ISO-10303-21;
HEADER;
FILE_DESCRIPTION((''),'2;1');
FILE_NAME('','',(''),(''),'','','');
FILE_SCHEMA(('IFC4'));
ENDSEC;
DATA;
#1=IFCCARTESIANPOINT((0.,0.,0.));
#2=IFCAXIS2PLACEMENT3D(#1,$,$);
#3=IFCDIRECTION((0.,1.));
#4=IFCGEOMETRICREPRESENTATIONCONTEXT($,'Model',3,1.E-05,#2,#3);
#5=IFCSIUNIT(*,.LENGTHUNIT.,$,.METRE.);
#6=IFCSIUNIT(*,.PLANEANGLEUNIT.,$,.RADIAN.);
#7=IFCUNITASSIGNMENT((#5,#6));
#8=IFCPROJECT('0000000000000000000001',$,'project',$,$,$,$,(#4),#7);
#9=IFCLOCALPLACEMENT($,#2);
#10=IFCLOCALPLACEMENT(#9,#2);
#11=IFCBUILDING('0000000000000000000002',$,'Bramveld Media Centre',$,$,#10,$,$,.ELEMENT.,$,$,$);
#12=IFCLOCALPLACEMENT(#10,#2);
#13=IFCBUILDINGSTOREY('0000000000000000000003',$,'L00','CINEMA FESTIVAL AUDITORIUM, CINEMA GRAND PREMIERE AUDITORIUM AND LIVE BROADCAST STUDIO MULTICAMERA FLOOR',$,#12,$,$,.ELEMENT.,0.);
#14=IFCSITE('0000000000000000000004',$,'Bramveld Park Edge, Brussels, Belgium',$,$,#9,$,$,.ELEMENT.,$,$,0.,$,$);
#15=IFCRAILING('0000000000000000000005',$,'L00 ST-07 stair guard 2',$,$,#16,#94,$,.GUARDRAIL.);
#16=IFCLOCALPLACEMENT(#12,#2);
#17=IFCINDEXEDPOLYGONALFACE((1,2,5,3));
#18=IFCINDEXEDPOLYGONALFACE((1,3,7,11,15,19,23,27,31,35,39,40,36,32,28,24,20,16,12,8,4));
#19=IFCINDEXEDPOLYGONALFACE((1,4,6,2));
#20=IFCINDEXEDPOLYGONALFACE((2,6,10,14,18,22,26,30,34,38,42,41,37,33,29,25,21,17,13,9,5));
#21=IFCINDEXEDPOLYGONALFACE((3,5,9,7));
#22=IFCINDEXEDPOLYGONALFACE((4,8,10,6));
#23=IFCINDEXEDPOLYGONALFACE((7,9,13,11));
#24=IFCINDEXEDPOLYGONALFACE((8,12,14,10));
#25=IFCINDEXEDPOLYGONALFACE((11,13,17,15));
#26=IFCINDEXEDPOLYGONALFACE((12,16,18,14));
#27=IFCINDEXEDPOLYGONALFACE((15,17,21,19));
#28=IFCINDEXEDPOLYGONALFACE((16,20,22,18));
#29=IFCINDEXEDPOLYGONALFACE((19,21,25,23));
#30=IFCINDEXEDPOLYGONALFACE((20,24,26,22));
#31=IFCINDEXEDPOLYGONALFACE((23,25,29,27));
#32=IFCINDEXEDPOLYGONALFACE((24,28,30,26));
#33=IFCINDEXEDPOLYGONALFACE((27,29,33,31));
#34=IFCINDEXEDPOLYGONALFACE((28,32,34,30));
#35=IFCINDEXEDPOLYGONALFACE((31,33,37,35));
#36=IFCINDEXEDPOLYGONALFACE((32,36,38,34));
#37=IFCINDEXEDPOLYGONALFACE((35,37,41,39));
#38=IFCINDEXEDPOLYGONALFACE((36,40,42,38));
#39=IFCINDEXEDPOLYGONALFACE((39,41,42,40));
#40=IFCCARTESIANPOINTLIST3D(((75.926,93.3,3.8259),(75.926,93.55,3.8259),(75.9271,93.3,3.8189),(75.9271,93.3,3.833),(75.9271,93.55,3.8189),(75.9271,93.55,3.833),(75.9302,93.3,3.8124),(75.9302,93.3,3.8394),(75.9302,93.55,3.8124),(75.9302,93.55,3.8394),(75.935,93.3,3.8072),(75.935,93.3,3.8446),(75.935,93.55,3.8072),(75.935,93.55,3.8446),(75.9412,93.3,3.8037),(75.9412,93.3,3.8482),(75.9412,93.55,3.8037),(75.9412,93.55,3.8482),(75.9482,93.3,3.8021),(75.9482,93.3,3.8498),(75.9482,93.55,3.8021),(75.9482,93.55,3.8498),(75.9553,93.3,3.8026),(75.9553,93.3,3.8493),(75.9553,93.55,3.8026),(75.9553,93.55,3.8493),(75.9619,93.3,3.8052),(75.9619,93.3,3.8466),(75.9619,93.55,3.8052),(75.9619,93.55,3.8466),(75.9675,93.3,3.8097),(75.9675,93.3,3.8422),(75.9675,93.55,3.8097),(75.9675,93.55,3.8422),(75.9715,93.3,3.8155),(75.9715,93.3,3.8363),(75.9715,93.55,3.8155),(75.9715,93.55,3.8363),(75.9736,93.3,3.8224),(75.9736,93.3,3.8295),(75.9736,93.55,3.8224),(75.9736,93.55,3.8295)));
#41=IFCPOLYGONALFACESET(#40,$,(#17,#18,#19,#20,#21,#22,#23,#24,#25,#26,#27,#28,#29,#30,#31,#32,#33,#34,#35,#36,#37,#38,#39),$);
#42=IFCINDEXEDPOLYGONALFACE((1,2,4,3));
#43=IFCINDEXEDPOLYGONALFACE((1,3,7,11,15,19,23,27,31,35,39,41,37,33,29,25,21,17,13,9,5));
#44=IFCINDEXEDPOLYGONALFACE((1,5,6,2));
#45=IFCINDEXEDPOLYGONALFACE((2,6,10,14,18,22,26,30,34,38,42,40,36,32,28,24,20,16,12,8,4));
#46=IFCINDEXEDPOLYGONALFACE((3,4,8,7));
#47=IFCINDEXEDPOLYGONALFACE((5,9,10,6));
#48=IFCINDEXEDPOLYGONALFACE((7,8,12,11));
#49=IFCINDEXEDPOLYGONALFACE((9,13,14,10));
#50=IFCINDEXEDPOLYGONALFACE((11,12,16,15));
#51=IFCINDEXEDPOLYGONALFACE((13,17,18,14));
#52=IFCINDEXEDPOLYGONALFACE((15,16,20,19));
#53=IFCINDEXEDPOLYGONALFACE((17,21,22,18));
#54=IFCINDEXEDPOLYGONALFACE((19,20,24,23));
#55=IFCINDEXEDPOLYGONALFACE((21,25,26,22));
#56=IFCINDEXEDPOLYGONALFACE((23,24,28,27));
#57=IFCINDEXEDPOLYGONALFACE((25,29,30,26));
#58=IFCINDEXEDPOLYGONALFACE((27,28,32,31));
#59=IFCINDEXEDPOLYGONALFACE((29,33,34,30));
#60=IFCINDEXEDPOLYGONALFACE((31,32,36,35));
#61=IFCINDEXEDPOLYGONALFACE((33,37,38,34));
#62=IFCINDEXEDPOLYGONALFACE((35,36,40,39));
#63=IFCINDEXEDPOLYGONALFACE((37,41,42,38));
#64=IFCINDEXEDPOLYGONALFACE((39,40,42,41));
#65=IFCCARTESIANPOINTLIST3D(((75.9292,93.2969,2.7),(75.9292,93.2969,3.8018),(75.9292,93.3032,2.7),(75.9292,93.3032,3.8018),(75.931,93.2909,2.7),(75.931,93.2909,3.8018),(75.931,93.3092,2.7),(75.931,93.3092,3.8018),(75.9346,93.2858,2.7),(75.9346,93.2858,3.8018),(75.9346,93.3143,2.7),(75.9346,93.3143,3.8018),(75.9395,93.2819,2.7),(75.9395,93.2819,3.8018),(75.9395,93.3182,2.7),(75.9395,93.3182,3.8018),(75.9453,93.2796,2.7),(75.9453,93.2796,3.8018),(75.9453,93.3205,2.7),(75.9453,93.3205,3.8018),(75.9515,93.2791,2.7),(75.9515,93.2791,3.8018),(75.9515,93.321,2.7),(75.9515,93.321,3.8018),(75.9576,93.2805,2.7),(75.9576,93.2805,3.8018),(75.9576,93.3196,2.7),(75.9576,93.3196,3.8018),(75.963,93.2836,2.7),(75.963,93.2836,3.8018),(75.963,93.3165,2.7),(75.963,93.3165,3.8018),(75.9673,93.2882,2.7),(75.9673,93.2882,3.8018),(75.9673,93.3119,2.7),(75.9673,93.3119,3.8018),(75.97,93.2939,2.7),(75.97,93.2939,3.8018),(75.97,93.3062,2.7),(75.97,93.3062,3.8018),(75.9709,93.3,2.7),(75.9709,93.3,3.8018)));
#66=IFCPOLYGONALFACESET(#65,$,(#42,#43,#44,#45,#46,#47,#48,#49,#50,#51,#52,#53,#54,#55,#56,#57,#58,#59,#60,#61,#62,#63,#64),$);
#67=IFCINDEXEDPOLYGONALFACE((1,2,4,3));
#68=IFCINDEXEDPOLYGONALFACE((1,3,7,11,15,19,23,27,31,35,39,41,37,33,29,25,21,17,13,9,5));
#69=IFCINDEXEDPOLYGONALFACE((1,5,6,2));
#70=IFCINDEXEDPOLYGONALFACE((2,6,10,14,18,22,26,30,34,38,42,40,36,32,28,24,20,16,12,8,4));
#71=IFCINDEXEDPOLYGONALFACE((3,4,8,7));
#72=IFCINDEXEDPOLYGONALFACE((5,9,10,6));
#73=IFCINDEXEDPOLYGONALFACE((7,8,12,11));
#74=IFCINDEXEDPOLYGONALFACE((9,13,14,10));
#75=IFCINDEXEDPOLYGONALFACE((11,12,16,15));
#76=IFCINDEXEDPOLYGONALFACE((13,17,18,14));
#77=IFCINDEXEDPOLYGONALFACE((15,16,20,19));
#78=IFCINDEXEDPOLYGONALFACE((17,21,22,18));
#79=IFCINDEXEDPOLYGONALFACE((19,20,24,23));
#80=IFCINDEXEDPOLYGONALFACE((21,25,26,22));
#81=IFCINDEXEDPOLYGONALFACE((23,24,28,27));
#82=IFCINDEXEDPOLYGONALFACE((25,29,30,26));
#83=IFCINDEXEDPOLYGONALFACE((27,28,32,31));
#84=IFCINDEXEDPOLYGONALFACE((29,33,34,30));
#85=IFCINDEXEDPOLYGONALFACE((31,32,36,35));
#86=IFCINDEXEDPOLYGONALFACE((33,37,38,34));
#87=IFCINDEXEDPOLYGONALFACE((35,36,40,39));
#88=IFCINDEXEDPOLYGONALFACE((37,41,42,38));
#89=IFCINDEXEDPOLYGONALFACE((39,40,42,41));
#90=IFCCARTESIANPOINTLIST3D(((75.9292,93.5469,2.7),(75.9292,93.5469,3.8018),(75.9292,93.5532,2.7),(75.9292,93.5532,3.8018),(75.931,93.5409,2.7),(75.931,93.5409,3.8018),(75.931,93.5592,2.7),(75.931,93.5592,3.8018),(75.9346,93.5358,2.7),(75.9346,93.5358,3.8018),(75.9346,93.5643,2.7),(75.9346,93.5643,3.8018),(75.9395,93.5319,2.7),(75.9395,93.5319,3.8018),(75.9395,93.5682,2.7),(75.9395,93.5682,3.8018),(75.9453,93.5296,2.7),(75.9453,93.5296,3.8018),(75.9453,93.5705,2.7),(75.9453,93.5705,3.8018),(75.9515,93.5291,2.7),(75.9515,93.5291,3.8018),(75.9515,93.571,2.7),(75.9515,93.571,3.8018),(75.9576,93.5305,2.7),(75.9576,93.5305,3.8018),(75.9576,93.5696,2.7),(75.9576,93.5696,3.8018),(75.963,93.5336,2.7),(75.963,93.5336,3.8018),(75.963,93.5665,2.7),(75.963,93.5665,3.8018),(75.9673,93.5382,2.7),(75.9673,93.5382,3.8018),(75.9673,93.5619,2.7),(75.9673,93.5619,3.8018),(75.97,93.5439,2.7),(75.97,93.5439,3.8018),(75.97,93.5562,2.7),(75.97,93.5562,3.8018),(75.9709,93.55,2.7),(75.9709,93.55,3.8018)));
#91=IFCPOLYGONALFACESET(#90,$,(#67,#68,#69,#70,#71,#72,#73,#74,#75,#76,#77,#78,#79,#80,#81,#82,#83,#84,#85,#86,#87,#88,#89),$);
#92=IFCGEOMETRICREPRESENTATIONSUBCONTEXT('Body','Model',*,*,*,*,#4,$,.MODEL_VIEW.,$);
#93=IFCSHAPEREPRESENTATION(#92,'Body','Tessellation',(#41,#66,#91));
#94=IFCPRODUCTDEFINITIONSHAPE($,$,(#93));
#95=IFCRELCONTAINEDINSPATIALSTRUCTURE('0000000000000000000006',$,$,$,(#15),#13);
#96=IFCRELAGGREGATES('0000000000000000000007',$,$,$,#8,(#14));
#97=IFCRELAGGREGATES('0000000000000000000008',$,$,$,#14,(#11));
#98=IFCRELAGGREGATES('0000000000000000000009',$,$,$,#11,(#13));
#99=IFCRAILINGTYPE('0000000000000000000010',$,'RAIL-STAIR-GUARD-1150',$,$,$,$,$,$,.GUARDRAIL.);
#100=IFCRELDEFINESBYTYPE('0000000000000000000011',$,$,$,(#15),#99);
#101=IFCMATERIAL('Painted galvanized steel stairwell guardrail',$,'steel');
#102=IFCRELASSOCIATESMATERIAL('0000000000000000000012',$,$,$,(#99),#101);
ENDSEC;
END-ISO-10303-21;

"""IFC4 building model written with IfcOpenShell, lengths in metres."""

from ifc_helpers import new_model, si_unit, direction, frame, origin, origin_2d, place, context, subcontext, project, spatial, circle, extrude, material, type_object, element, save


model = new_model("IFC4")

# Units and contexts
model_context = context("Model", 3, precision=1e-05, world=origin(), true_north=direction((0.0, 1.0)))
body_context = subcontext(model_context, "Body", "Model", "MODEL_VIEW")
ifc_project = project(units=[si_unit("LENGTHUNIT", "METRE"), si_unit("PLANEANGLEUNIT", "RADIAN")], contexts=[model_context])

# Site, building, storey
site_placement = place(None, origin())
site = spatial("IfcSite", under=ifc_project, at=site_placement, Name="Bramveld Park Edge, Brussels, Belgium", CompositionType="ELEMENT", RefElevation=0.0)
building_placement = place(site_placement, origin())
building = spatial("IfcBuilding", under=site, at=building_placement, Name="Bramveld Media Centre", CompositionType="ELEMENT")
storey_placement = place(building_placement, origin())
storey = spatial("IfcBuildingStorey", under=building, at=storey_placement, Name="L00", Description="CINEMA FESTIVAL AUDITORIUM, CINEMA GRAND PREMIERE AUDITORIUM AND LIVE BROADCAST STUDIO MULTICAMERA FLOOR", CompositionType="ELEMENT", Elevation=0.0)

# Railing
ifc_material_1 = material(Name="Painted galvanized steel stairwell guardrail", Category="steel")
railing_type_1 = type_object("IfcRailingType", Name="RAIL-STAIR-GUARD-1150", PredefinedType="GUARDRAIL", material=ifc_material_1)
railing_1_placement = place(storey_placement, frame((75.95, 93.3, 2.7)))
element("IfcRailing", 1, at=railing_1_placement, inside=storey, type_object=railing_type_1, Name="L00 ST-07 stair guard 2", PredefinedType="GUARDRAIL", context=body_context, shape_type="SweptSolid", body=[
    extrude(circle(Radius=0.0239, at=origin_2d()), frame((0.0, 0.0, 1.126), z_axis=(0.0, 1.0, 0.0), x_axis=(-1.0, 0.0, 0.0)), (0.0, 0.0, 1.0), 0.25),
    extrude(circle(Radius=0.021, at=origin_2d()), origin(), (0.0, 0.0, 1.0), 1.1018),
    extrude(circle(Radius=0.021, at=origin_2d()), frame((0.0, 0.25, 0.0)), (0.0, 0.0, 1.0), 1.1018),
])

save(model, "model.ifc")
